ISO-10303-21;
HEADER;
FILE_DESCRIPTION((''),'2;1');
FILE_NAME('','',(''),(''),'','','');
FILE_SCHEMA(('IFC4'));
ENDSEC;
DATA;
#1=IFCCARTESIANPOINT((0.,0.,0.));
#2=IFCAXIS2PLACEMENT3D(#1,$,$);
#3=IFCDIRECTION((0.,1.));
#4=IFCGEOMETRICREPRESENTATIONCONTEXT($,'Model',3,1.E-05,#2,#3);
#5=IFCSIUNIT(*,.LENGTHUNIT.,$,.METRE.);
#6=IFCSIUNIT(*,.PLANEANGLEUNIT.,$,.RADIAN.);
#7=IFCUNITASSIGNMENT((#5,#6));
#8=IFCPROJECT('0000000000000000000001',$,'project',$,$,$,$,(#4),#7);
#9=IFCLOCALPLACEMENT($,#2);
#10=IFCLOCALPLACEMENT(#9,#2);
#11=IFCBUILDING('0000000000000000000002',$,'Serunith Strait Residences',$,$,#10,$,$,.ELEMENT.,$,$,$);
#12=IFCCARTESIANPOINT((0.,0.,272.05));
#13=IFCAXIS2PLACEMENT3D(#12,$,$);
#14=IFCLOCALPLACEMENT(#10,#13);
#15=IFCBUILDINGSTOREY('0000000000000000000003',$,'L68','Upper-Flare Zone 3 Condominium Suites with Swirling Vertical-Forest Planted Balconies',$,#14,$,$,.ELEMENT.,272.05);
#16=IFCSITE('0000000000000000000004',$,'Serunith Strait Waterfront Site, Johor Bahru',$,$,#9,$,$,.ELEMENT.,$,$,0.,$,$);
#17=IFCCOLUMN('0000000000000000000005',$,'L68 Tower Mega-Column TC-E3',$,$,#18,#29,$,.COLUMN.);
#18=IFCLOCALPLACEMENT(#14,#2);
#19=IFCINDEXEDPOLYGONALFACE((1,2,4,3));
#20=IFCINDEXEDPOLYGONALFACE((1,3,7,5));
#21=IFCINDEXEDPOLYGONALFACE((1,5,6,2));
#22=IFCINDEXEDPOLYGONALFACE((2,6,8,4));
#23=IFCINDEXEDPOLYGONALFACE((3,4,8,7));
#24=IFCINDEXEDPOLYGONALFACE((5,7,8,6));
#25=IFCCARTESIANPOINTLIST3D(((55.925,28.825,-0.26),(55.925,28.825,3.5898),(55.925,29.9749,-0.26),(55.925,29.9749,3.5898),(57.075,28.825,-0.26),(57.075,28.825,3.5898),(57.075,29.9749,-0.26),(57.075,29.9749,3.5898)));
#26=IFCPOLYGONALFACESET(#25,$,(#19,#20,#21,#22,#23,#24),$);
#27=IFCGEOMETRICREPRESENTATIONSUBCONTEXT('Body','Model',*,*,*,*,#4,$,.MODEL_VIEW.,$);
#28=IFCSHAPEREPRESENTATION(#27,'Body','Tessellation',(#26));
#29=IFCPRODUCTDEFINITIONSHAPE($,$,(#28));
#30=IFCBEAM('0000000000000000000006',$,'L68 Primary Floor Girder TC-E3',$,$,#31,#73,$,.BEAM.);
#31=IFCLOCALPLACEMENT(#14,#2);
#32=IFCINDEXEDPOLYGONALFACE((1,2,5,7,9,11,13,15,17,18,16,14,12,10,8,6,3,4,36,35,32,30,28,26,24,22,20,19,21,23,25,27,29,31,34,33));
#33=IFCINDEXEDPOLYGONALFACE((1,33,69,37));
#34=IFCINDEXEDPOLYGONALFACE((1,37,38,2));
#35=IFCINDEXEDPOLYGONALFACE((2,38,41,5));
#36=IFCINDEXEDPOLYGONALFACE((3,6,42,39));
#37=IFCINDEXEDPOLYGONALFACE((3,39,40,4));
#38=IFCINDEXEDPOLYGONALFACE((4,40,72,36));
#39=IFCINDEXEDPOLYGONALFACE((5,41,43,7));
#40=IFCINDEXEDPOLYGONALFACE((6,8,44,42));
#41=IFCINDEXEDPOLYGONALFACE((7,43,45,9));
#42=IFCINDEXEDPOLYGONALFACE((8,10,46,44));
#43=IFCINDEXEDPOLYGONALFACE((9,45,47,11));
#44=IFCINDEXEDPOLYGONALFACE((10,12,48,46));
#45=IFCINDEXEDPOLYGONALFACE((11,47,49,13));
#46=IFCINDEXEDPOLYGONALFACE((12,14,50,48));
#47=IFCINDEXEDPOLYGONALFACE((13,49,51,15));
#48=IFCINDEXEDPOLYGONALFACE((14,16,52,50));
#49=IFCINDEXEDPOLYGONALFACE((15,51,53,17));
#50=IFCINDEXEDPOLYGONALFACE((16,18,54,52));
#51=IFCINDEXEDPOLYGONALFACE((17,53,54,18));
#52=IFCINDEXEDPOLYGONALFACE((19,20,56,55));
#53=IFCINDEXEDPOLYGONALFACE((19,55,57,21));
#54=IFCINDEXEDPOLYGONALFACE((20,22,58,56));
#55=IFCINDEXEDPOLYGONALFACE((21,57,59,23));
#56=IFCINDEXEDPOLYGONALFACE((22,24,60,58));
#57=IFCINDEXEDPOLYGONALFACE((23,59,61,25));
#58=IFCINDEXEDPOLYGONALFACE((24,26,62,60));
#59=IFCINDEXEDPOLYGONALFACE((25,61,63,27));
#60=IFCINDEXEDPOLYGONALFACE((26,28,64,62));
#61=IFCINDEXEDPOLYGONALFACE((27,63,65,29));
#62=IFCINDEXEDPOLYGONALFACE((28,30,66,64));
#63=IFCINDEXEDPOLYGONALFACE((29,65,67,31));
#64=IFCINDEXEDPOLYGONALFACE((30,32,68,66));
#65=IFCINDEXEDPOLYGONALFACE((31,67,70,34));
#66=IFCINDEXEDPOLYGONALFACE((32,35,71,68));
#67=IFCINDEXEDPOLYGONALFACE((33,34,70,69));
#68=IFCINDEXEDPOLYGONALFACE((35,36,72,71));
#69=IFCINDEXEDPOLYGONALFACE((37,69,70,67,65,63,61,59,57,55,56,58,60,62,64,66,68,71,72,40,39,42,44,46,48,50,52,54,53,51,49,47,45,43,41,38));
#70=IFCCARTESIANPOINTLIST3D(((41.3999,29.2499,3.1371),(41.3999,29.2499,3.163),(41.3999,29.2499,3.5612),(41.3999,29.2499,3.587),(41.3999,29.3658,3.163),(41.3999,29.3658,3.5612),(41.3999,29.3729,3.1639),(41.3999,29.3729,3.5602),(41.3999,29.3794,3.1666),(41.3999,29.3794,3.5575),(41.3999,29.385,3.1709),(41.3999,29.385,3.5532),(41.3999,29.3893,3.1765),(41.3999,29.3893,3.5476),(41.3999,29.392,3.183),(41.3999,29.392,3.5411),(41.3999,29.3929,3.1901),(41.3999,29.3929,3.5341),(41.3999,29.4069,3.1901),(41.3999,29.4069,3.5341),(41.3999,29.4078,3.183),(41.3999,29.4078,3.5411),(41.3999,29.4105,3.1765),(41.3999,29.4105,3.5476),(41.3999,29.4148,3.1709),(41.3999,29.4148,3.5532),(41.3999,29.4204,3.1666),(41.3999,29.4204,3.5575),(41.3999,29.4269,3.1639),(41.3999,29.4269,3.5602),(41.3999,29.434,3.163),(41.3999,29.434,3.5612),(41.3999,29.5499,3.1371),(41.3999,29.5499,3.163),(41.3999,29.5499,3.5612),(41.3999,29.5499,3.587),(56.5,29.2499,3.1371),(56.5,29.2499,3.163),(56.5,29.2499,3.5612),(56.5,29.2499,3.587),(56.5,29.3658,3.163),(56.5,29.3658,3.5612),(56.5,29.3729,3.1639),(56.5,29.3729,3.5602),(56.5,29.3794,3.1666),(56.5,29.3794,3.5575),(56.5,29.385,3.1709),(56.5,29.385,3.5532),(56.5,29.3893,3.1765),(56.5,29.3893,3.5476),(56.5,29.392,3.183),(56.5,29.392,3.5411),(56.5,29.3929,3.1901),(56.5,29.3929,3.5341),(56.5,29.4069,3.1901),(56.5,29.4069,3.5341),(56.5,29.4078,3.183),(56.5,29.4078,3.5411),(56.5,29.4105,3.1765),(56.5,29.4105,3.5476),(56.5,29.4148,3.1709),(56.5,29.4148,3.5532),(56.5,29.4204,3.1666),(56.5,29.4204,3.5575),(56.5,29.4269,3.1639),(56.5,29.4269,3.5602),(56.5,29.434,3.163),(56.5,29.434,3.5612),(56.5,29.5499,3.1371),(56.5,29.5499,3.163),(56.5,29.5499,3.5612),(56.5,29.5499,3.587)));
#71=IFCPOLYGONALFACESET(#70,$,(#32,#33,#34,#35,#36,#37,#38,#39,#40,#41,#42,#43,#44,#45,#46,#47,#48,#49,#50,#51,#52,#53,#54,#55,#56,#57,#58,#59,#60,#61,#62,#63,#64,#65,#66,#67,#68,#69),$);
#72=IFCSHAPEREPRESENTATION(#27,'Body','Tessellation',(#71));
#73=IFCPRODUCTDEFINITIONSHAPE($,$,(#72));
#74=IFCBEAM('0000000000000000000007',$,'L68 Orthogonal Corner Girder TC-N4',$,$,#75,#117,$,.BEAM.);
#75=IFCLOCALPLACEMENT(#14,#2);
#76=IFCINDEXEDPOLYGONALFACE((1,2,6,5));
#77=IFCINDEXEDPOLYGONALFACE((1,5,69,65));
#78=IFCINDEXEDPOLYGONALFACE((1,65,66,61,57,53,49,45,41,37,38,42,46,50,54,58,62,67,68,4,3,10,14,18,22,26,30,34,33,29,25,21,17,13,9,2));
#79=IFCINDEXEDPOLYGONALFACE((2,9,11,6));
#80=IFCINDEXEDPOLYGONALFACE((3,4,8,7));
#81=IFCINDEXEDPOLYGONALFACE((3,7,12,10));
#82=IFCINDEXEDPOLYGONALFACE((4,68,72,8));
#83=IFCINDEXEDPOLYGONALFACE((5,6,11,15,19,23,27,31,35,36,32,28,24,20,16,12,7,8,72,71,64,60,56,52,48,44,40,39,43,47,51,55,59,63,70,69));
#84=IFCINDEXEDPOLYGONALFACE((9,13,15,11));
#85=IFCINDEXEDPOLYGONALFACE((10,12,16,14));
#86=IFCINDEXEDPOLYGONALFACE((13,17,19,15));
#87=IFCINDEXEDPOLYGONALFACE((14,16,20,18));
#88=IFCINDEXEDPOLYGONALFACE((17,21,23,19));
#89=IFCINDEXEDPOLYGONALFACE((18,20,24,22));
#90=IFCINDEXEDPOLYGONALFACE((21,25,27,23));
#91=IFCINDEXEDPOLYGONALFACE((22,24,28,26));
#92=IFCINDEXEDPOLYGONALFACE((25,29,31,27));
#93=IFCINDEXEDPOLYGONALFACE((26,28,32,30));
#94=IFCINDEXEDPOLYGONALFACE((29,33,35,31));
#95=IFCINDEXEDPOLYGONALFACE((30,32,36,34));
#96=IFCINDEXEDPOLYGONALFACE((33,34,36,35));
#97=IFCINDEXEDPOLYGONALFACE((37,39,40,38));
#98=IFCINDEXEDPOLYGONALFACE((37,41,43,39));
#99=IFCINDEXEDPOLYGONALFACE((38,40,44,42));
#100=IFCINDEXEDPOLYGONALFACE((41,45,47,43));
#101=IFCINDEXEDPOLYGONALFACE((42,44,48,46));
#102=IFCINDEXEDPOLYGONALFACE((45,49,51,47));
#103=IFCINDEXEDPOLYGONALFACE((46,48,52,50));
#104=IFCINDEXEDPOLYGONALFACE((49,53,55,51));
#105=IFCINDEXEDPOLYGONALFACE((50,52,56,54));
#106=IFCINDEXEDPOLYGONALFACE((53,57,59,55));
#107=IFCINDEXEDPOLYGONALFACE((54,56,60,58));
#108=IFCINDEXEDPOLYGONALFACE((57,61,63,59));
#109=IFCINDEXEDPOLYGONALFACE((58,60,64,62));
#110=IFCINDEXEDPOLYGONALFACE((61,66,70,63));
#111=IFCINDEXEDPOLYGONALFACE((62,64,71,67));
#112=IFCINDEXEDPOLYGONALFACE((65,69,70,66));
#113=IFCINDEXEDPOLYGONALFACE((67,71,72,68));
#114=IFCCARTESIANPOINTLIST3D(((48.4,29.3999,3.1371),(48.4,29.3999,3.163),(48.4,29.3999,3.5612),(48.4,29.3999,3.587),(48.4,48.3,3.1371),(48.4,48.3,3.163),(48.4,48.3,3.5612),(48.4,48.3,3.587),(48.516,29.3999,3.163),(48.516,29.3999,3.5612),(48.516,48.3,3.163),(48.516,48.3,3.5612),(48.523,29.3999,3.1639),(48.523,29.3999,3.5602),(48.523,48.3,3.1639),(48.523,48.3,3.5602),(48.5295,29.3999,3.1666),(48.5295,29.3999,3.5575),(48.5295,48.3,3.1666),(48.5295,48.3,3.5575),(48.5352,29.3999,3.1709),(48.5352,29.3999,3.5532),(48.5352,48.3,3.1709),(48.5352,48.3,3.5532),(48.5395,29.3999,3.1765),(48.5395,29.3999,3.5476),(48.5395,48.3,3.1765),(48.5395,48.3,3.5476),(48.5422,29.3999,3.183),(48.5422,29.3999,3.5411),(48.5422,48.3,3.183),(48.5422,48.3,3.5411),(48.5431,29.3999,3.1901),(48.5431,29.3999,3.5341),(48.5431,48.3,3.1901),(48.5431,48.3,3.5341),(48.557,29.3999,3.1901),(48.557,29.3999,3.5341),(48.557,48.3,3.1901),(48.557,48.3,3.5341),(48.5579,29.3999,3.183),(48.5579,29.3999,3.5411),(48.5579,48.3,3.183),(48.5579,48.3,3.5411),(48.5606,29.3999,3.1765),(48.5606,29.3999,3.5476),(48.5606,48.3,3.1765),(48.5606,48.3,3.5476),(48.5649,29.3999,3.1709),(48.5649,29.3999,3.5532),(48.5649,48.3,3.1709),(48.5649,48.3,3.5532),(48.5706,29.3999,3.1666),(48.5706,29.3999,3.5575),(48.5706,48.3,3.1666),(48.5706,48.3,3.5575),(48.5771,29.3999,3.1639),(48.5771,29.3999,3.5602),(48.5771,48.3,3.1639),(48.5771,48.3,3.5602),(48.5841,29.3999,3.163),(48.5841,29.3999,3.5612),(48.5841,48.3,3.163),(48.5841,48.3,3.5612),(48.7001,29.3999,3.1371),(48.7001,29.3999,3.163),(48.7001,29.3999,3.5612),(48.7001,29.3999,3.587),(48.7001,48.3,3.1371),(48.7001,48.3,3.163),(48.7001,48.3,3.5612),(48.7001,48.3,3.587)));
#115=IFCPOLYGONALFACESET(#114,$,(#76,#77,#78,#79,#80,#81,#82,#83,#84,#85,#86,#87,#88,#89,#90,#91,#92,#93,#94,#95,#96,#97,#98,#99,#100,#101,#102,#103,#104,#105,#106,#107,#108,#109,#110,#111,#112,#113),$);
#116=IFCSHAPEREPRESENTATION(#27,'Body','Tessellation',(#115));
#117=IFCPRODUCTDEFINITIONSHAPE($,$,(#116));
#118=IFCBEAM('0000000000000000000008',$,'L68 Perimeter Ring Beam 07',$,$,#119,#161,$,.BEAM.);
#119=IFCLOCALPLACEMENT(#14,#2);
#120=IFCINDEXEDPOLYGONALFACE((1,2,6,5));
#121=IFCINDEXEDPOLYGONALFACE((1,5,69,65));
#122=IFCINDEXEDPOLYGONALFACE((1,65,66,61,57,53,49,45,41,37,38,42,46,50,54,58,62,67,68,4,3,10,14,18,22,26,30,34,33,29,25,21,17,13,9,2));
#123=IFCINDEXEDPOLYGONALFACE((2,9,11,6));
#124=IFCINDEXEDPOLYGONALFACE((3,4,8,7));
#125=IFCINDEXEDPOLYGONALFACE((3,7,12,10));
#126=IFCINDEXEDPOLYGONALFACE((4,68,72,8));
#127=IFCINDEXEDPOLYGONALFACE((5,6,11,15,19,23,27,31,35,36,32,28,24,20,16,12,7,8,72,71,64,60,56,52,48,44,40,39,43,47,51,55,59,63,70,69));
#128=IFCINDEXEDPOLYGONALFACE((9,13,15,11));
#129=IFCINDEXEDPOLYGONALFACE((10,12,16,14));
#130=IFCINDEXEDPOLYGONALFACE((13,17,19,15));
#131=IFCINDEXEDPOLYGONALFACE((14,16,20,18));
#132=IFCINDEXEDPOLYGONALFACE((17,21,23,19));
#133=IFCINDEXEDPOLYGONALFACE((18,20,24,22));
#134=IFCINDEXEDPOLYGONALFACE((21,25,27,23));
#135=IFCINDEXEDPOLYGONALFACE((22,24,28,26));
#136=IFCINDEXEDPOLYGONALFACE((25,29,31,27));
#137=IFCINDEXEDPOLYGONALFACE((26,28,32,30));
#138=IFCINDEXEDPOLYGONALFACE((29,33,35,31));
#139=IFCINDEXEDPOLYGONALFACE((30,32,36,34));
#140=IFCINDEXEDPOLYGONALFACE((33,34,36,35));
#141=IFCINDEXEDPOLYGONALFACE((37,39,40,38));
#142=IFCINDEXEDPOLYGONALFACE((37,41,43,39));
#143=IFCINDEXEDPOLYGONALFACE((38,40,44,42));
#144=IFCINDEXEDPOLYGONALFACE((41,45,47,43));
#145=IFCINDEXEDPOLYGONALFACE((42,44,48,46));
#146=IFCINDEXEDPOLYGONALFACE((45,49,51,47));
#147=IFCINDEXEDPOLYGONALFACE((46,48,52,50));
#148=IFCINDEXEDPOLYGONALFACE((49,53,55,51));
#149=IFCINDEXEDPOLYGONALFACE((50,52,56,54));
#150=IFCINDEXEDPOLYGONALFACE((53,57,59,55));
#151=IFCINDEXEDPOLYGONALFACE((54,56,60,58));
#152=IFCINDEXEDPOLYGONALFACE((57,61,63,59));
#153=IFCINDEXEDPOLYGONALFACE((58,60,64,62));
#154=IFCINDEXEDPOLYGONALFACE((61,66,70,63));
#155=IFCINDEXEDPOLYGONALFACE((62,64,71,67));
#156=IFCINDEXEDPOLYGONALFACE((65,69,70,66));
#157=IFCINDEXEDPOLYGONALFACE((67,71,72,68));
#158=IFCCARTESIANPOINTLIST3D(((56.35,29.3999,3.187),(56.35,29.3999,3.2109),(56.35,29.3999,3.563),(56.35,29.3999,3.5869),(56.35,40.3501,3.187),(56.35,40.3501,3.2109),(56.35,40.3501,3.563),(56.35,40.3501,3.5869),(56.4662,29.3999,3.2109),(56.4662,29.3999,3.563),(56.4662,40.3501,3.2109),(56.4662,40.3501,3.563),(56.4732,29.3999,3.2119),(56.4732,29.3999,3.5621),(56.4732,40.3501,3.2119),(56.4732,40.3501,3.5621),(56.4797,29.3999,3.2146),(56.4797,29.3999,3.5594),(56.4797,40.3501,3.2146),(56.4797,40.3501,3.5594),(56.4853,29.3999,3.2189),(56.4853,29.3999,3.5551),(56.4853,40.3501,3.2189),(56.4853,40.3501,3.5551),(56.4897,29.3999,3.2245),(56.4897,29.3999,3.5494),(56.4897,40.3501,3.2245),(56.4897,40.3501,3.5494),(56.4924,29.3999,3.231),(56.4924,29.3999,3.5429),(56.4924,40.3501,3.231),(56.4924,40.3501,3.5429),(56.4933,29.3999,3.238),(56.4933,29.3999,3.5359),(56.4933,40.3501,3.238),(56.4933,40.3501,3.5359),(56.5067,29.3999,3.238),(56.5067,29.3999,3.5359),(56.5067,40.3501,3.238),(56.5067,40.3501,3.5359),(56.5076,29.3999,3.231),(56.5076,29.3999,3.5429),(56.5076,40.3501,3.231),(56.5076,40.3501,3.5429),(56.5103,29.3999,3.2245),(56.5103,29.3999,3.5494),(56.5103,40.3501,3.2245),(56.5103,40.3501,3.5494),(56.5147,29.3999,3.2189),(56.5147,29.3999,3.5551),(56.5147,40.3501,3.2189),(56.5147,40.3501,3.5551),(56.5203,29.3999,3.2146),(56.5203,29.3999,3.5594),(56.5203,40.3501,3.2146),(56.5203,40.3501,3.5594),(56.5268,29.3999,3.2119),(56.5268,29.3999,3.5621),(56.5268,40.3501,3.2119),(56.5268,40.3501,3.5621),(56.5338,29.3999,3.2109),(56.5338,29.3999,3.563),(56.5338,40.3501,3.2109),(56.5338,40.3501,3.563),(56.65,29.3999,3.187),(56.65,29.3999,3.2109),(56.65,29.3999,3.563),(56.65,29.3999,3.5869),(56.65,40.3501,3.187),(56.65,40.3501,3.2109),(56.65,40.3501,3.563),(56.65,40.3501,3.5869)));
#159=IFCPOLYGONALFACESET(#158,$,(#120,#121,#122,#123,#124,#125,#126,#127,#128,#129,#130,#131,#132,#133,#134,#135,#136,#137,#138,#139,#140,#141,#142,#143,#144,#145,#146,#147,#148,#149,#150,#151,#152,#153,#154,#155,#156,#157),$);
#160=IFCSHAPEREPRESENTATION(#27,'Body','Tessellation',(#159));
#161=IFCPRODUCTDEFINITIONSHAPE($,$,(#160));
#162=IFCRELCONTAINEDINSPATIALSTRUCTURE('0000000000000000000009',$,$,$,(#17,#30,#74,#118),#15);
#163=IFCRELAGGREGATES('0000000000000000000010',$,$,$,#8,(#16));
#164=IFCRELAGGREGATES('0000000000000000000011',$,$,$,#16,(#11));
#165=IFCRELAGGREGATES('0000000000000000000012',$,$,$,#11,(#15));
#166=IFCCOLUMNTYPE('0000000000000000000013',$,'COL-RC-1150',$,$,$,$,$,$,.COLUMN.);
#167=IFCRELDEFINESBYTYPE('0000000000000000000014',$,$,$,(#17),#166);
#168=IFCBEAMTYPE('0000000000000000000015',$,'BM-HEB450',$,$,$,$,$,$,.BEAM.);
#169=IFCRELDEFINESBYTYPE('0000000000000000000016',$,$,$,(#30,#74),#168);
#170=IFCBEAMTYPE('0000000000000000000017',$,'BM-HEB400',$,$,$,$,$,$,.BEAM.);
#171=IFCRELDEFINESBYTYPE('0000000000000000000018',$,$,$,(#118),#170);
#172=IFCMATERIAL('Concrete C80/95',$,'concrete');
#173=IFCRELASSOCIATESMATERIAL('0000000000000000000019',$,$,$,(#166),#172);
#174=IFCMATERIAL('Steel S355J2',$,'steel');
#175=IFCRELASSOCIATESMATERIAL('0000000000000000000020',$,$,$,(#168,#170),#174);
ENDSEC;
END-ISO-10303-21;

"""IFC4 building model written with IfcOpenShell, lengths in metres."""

from ifc_helpers import new_model, si_unit, direction, frame, origin, origin_2d, place, context, subcontext, project, spatial, rectangle, i_section, extrude, source, transform, mapped, material, material_profile, profile_set, type_object, element, save


model = new_model("IFC4")

# Units and contexts
model_context = context("Model", 3, precision=1e-05, world=origin(), true_north=direction((0.0, 1.0)))
body_context = subcontext(model_context, "Body", "Model", "MODEL_VIEW")
ifc_project = project(units=[si_unit("LENGTHUNIT", "METRE"), si_unit("PLANEANGLEUNIT", "RADIAN")], contexts=[model_context])

# Site, building, storey
site_placement = place(None, origin())
site = spatial("IfcSite", under=ifc_project, at=site_placement, Name="Serunith Strait Waterfront Site, Johor Bahru", CompositionType="ELEMENT", RefElevation=0.0)
building_placement = place(site_placement, origin())
building = spatial("IfcBuilding", under=site, at=building_placement, Name="Serunith Strait Residences", CompositionType="ELEMENT")
storey_placement = place(building_placement, frame((0.0, 0.0, 272.05)))
storey = spatial("IfcBuildingStorey", under=building, at=storey_placement, Name="L68", Description="Upper-Flare Zone 3 Condominium Suites with Swirling Vertical-Forest Planted Balconies", CompositionType="ELEMENT", Elevation=272.05)

# Column
ifc_material_1 = material(Name="Concrete C80/95", Category="concrete")
ifc_material_profile_1 = material_profile(ifc_material_1, rectangle(XDim=1.1499, YDim=1.1499, at=origin_2d()), Name="RC 1150x1150")
ifc_profile_set_1 = profile_set([ifc_material_profile_1], Name="Concrete C80/95")
column_type = type_object("IfcColumnType", Name="COL-RC-1150", PredefinedType="COLUMN", material=ifc_profile_set_1)
shared_shape_1 = source(origin(), body_context, "Body", "SweptSolid", [
    extrude(rectangle(XDim=1.1499, YDim=1.1499, at=origin_2d()), origin(), (0.0, 0.0, 1.0), 3.8499),
])
column_placement = place(storey_placement, frame((56.5, 29.3999, -0.26), z_axis=(0.0, 0.0, 1.0), x_axis=(1.0, 0.0, 0.0)))
element("IfcColumn", 1, at=column_placement, inside=storey, type_object=column_type, Name="L68 Tower Mega-Column TC-E3", PredefinedType="COLUMN", context=body_context, shape_type="MappedRepresentation", body=[
    mapped(shared_shape_1, transform((0.0, 0.0, 0.0), scale=1.0)),
])

# Beams
ifc_material_2 = material(Name="Steel S355J2", Category="steel")
ifc_material_profile_2 = material_profile(ifc_material_2, i_section(OverallWidth=0.3, OverallDepth=0.45, WebThickness=0.0139, FlangeThickness=0.0259, FilletRadius=0.0271, at=origin_2d()), Name="HEB 450")
ifc_profile_set_2 = profile_set([ifc_material_profile_2], Name="Steel S355J2")
beam_type_1 = type_object("IfcBeamType", Name="BM-HEB450", PredefinedType="BEAM", material=ifc_profile_set_2)
shared_shape_2 = source(origin(), body_context, "Body", "SweptSolid", [
    extrude(i_section(OverallWidth=0.3, OverallDepth=0.45, WebThickness=0.0139, FlangeThickness=0.0259, FilletRadius=0.0271, at=origin_2d()), origin(), (0.0, 0.0, 1.0), 15.1001),
])
beam_1_placement = place(storey_placement, frame((41.3999, 29.3999, 3.3621), z_axis=(1.0, 0.0, 0.0), x_axis=(0.0, 1.0, 0.0)))
element("IfcBeam", 2, at=beam_1_placement, inside=storey, type_object=beam_type_1, Name="L68 Primary Floor Girder TC-E3", PredefinedType="BEAM", context=body_context, shape_type="MappedRepresentation", body=[
    mapped(shared_shape_2, transform((0.0, 0.0, 0.0), scale=1.0)),
])
shared_shape_3 = source(origin(), body_context, "Body", "SweptSolid", [
    extrude(i_section(OverallWidth=0.3, OverallDepth=0.45, WebThickness=0.0139, FlangeThickness=0.0259, FilletRadius=0.0271, at=origin_2d()), origin(), (0.0, 0.0, 1.0), 18.9001),
])
beam_2_placement = place(storey_placement, frame((48.55, 29.3999, 3.3621), z_axis=(0.0, 1.0, 0.0), x_axis=(-1.0, 0.0, 0.0)))
element("IfcBeam", 3, at=beam_2_placement, inside=storey, type_object=beam_type_1, Name="L68 Orthogonal Corner Girder TC-N4", PredefinedType="BEAM", context=body_context, shape_type="MappedRepresentation", body=[
    mapped(shared_shape_3, transform((0.0, 0.0, 0.0), scale=1.0)),
])
ifc_material_profile_3 = material_profile(ifc_material_2, i_section(OverallWidth=0.3, OverallDepth=0.3999, WebThickness=0.0134, FlangeThickness=0.0239, FilletRadius=0.0271, at=origin_2d()), Name="HEB 400")
ifc_profile_set_3 = profile_set([ifc_material_profile_3], Name="Steel S355J2")
beam_type_2 = type_object("IfcBeamType", Name="BM-HEB400", PredefinedType="BEAM", material=ifc_profile_set_3)
shared_shape_4 = source(origin(), body_context, "Body", "SweptSolid", [
    extrude(i_section(OverallWidth=0.3, OverallDepth=0.3999, WebThickness=0.0134, FlangeThickness=0.0239, FilletRadius=0.0271, at=origin_2d()), origin(), (0.0, 0.0, 1.0), 10.9502),
])
beam_3_placement = place(storey_placement, frame((56.5, 29.3999, 3.387), z_axis=(0.0, 1.0, 0.0), x_axis=(-1.0, 0.0, 0.0)))
element("IfcBeam", 4, at=beam_3_placement, inside=storey, type_object=beam_type_2, Name="L68 Perimeter Ring Beam 07", PredefinedType="BEAM", context=body_context, shape_type="MappedRepresentation", body=[
    mapped(shared_shape_4, transform((0.0, 0.0, 0.0), scale=1.0)),
])

save(model, "model.ifc")
